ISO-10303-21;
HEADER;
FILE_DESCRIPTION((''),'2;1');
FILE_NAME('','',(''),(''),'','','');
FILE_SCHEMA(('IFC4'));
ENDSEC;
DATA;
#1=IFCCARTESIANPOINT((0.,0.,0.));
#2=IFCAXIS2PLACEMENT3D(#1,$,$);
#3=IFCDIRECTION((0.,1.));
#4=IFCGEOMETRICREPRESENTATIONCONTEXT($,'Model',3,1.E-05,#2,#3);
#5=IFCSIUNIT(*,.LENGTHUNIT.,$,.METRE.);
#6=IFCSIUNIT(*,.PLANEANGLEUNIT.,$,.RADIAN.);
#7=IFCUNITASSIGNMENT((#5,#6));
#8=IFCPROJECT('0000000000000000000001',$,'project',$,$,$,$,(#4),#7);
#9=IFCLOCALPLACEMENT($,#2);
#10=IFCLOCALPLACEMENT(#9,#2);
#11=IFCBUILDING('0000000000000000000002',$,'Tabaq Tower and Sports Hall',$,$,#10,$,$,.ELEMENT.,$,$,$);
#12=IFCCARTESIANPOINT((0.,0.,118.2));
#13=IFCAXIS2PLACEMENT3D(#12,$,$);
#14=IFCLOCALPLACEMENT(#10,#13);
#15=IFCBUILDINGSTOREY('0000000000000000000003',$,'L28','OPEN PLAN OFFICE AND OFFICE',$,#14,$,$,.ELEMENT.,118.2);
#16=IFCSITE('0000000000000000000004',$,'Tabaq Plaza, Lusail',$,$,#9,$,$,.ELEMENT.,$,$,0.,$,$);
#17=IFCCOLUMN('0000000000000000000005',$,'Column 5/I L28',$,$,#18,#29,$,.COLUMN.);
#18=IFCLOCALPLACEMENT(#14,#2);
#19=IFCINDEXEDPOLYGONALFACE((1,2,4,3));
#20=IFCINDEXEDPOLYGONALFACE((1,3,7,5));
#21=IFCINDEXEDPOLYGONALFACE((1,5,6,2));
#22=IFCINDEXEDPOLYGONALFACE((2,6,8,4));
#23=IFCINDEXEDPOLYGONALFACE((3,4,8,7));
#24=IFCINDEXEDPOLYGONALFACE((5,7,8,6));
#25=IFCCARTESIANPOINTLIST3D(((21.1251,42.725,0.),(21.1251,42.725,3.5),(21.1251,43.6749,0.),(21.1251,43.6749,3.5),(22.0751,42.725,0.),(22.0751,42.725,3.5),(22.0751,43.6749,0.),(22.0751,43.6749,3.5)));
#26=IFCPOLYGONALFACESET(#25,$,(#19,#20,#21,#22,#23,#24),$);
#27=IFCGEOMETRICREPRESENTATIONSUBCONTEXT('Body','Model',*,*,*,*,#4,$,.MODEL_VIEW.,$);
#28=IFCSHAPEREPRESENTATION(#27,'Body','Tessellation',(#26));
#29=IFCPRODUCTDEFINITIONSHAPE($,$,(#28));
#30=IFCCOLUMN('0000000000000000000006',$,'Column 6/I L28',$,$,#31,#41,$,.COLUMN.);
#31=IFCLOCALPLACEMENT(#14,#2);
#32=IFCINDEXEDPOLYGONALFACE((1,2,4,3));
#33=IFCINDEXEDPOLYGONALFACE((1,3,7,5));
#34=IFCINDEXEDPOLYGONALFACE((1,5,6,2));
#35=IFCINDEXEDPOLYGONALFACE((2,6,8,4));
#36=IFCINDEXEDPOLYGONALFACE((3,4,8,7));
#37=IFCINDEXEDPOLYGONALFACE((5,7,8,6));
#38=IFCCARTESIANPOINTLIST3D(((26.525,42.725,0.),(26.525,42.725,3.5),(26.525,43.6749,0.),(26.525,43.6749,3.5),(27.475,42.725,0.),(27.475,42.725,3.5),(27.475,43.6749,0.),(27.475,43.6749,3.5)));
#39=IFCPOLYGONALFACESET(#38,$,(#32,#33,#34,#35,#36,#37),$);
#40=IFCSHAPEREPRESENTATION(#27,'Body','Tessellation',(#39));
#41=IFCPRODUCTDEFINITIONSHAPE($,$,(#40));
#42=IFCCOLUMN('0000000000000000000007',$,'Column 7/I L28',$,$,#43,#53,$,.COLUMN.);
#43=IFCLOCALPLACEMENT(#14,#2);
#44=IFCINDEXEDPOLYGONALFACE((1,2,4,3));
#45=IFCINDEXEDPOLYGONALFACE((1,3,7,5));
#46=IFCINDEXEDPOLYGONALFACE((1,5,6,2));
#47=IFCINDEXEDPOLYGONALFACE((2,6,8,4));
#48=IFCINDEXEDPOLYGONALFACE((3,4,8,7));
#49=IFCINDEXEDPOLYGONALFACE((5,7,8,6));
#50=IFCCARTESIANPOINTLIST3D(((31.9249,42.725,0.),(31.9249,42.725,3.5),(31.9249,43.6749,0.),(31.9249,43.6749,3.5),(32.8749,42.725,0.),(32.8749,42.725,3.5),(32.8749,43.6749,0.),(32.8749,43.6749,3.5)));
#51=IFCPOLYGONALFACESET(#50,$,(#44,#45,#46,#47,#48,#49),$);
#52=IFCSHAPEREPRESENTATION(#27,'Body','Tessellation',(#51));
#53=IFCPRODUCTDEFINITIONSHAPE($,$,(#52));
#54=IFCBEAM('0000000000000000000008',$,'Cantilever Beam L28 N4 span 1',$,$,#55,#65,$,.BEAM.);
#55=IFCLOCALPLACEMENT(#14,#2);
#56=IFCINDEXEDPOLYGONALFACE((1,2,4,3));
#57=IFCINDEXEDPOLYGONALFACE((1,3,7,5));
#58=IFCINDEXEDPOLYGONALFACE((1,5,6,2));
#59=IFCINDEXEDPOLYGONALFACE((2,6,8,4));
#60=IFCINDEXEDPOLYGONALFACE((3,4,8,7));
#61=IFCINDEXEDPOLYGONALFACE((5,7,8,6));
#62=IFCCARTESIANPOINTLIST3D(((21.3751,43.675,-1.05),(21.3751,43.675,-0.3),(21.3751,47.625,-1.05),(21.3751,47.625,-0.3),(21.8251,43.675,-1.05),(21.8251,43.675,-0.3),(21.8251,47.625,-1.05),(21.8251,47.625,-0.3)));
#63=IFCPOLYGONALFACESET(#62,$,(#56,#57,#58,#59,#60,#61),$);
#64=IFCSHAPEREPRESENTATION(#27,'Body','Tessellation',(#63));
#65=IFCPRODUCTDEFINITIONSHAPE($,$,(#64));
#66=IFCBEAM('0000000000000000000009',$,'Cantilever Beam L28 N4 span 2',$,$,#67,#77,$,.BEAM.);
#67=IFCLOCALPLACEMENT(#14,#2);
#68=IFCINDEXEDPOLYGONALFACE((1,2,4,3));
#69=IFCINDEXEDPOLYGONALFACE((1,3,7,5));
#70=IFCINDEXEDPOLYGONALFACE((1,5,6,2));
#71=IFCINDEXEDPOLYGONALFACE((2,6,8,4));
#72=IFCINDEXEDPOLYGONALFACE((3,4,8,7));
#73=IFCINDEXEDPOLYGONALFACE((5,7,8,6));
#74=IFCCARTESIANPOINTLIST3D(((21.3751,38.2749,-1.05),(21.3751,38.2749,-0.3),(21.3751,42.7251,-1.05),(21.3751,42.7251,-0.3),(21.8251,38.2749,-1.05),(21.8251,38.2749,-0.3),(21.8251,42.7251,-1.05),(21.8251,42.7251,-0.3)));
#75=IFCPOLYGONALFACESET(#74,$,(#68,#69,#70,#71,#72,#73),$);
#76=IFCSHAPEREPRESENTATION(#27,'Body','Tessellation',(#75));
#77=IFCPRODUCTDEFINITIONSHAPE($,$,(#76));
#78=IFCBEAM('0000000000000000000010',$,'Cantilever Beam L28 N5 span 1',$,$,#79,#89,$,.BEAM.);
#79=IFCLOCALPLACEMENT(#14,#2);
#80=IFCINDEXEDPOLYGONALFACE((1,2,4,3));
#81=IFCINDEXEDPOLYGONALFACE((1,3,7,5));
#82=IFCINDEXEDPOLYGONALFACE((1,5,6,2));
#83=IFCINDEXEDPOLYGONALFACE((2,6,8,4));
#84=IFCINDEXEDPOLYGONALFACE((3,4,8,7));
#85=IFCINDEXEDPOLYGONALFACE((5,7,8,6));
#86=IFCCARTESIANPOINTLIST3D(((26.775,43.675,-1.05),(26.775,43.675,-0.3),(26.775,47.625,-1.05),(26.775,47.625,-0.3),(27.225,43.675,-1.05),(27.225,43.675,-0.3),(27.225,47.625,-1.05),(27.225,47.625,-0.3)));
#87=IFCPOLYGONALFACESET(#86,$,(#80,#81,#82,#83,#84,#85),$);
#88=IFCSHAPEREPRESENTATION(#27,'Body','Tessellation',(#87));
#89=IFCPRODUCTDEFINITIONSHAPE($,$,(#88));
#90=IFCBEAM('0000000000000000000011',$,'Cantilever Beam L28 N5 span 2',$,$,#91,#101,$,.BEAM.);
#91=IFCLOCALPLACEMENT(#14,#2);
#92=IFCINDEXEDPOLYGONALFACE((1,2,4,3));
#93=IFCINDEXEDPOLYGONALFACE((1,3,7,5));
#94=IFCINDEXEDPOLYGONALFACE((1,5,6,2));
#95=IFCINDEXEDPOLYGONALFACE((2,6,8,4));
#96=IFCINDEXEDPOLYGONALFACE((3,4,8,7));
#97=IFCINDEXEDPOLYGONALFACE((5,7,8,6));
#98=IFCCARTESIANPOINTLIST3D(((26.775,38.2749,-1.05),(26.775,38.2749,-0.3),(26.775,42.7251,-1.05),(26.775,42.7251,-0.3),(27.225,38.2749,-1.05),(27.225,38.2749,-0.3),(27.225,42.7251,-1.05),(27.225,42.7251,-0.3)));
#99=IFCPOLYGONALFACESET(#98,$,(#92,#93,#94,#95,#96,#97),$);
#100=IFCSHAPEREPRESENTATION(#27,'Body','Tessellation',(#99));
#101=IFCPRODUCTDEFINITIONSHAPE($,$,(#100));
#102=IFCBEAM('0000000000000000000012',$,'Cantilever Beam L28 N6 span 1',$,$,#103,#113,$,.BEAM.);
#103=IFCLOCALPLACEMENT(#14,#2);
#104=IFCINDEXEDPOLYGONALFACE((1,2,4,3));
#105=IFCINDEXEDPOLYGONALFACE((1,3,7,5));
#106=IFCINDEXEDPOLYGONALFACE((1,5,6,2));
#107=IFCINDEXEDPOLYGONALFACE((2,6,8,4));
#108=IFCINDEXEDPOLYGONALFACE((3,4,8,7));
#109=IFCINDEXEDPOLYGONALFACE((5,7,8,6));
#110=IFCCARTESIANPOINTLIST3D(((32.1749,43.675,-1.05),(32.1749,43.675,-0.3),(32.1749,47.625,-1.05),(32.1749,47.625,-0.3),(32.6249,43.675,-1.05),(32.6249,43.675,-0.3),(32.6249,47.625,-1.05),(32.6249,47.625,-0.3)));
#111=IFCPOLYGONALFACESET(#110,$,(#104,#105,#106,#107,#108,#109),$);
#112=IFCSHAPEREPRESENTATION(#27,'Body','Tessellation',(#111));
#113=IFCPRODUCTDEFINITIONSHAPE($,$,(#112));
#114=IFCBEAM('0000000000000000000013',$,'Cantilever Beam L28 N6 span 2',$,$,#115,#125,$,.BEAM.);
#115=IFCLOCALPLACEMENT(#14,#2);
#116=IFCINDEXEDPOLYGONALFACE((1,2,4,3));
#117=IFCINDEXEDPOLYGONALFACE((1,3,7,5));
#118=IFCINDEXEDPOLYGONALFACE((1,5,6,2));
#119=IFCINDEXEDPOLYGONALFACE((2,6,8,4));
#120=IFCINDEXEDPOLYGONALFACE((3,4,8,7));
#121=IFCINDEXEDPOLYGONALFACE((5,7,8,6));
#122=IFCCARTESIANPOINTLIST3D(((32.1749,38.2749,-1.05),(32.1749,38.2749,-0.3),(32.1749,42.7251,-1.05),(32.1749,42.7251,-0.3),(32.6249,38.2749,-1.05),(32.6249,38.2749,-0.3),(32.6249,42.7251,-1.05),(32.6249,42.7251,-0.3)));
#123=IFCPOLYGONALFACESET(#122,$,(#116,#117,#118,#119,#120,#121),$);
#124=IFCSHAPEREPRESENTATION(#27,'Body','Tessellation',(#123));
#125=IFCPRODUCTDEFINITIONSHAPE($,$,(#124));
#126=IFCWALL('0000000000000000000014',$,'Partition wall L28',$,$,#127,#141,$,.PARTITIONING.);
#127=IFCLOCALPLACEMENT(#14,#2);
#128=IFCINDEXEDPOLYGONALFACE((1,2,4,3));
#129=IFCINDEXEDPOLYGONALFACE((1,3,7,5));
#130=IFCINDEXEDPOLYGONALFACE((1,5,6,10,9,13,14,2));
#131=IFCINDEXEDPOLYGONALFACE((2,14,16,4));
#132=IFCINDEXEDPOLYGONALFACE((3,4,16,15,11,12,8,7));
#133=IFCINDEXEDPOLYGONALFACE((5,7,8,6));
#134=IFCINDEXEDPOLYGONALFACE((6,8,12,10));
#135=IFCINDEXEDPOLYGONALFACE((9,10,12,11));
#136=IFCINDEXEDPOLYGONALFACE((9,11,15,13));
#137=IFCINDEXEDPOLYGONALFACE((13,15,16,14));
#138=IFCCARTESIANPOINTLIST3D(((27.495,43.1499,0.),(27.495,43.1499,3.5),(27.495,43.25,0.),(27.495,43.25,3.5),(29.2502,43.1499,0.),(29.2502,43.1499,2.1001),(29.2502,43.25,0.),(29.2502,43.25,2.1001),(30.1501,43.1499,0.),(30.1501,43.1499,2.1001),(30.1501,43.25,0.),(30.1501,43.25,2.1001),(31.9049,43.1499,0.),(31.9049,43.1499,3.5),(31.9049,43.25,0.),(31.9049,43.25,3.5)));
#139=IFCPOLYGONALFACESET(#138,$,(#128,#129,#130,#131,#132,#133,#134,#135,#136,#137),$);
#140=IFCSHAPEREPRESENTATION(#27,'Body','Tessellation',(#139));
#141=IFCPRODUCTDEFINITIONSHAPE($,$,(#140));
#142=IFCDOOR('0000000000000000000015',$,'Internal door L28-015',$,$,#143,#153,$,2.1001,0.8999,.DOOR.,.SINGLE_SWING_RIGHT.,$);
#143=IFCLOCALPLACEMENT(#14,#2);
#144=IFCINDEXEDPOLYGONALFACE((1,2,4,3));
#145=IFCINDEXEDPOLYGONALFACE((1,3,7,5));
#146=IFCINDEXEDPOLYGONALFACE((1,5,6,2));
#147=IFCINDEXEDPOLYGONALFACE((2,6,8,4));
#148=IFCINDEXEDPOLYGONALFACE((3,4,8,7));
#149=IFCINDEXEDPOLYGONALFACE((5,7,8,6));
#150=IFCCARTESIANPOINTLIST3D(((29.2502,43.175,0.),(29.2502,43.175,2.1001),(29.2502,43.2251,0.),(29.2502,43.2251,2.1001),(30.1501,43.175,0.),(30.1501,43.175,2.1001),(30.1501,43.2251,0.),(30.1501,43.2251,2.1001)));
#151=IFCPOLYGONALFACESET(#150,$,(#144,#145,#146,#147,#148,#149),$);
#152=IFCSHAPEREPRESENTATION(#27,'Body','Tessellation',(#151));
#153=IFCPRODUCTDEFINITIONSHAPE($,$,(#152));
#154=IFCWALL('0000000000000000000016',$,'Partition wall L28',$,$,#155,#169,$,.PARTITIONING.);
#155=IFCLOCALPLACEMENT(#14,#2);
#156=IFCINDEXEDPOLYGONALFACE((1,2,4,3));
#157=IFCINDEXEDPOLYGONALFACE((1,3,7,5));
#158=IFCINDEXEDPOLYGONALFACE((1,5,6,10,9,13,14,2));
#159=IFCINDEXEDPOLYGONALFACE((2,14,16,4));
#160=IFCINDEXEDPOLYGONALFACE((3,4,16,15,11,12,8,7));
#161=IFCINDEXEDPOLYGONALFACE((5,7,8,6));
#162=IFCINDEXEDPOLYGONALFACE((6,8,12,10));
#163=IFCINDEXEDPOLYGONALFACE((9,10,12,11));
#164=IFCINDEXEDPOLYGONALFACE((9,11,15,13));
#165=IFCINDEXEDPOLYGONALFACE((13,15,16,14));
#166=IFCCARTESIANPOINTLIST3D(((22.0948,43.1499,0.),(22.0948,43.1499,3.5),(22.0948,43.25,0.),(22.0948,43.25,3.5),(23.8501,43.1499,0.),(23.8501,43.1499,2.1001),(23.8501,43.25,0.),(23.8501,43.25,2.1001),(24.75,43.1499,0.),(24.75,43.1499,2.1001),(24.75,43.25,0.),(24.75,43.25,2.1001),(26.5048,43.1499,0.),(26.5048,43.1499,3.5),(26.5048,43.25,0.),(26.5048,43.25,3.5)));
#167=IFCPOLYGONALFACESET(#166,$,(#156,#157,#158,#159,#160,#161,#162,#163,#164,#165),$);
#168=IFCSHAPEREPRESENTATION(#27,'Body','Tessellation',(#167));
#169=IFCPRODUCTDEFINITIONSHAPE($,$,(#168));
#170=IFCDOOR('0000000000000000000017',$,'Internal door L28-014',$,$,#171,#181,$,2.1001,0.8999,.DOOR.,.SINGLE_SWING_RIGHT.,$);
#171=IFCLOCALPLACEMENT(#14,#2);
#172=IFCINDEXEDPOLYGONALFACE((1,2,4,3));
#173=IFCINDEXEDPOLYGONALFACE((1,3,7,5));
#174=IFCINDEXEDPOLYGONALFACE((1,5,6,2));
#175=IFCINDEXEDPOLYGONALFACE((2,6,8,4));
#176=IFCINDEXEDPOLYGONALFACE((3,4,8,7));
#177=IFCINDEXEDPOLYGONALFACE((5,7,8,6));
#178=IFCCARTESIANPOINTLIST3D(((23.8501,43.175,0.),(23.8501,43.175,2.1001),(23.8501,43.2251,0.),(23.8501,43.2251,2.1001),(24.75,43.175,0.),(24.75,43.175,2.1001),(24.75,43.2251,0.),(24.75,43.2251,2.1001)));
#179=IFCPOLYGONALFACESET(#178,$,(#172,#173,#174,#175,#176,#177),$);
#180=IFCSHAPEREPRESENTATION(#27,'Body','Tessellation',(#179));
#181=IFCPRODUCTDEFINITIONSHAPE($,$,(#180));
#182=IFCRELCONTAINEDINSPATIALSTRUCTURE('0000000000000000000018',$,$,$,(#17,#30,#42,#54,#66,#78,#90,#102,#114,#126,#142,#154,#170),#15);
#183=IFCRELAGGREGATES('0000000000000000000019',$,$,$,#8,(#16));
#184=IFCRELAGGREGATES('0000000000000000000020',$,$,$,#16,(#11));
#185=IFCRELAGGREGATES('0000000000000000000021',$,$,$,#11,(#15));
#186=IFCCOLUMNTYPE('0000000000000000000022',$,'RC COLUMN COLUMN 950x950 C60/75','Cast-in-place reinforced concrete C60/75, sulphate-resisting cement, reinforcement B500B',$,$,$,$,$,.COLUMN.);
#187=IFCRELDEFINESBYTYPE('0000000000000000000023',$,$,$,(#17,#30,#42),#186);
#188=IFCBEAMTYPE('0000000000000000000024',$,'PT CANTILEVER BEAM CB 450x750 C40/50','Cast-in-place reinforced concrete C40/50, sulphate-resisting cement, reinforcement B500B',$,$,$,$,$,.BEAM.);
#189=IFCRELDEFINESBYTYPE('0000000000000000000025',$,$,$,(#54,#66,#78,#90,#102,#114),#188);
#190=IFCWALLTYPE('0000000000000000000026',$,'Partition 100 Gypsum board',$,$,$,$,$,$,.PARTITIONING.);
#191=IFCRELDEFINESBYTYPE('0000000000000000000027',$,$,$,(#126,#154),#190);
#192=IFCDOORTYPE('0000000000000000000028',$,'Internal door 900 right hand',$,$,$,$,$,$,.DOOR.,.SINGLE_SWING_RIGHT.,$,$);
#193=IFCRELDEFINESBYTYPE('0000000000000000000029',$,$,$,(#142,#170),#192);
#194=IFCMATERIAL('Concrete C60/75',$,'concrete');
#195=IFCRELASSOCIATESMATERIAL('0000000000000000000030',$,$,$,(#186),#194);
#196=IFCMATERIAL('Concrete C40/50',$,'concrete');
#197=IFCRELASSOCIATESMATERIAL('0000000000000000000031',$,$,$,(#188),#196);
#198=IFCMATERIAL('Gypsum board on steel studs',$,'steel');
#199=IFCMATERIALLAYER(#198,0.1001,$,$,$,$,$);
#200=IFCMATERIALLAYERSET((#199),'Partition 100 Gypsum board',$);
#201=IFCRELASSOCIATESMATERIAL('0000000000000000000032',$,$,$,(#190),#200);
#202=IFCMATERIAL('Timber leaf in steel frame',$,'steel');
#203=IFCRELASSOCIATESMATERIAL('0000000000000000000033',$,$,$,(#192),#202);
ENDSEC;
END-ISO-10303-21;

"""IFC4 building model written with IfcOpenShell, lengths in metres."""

from ifc_helpers import new_model, si_unit, direction, frame, frame_2d, origin, origin_2d, place, context, subcontext, project, spatial, rectangle, extrude, material, layer, layer_set, material_profile, profile_set, type_object, element, fill, save


model = new_model("IFC4")

# Units and contexts
model_context = context("Model", 3, precision=1e-05, world=origin(), true_north=direction((0.0, 1.0)))
body_context = subcontext(model_context, "Body", "Model", "MODEL_VIEW")
ifc_project = project(units=[si_unit("LENGTHUNIT", "METRE"), si_unit("PLANEANGLEUNIT", "RADIAN")], contexts=[model_context])

# Site, building, storey
site_placement = place(None, origin())
site = spatial("IfcSite", under=ifc_project, at=site_placement, Name="Tabaq Plaza, Lusail", CompositionType="ELEMENT", RefElevation=0.0)
building_placement = place(site_placement, origin())
building = spatial("IfcBuilding", under=site, at=building_placement, Name="Tabaq Tower and Sports Hall", CompositionType="ELEMENT")
storey_placement = place(building_placement, frame((0.0, 0.0, 118.2)))
storey = spatial("IfcBuildingStorey", under=building, at=storey_placement, Name="L28", Description="OPEN PLAN OFFICE AND OFFICE", CompositionType="ELEMENT", Elevation=118.2)

# Columns
ifc_material_1 = material(Name="Concrete C60/75", Category="concrete")
ifc_material_profile_1 = material_profile(ifc_material_1, rectangle(XDim=0.95, YDim=0.95, at=origin_2d()), Name="COLUMN 950x950")
ifc_profile_set_1 = profile_set([ifc_material_profile_1], Name="Concrete C60/75")
column_type = type_object("IfcColumnType", Name="RC COLUMN COLUMN 950x950 C60/75", Description="Cast-in-place reinforced concrete C60/75, sulphate-resisting cement, reinforcement B500B", PredefinedType="COLUMN", material=ifc_profile_set_1)
for number, where, z_axis, x_axis, name in (
    (1, (21.6001, 43.2, 0.0), (0.0, 0.0, 1.0), (1.0, 0.0, 0.0), "Column 5/I L28"),
    (2, (27.0, 43.2, 0.0), (0.0, 0.0, 1.0), (1.0, 0.0, 0.0), "Column 6/I L28"),
    (3, (32.3999, 43.2, 0.0), (0.0, 0.0, 1.0), (1.0, 0.0, 0.0), "Column 7/I L28"),
):
    element("IfcColumn", number, at=place(storey_placement, frame(where, z_axis=z_axis, x_axis=x_axis)), inside=storey, type_object=column_type, Name=name, PredefinedType="COLUMN", context=body_context, shape_type="SweptSolid", body=[
        extrude(rectangle(XDim=0.95, YDim=0.95, at=origin_2d()), origin(), (0.0, 0.0, 1.0), 3.5),
    ])

# Beams
ifc_material_2 = material(Name="Concrete C40/50", Category="concrete")
ifc_material_profile_2 = material_profile(ifc_material_2, rectangle(XDim=0.45, YDim=0.75, at=origin_2d()), Name="CB 450x750")
ifc_profile_set_2 = profile_set([ifc_material_profile_2], Name="Concrete C40/50")
beam_type = type_object("IfcBeamType", Name="PT CANTILEVER BEAM CB 450x750 C40/50", Description="Cast-in-place reinforced concrete C40/50, sulphate-resisting cement, reinforcement B500B", PredefinedType="BEAM", material=ifc_profile_set_2)
beam_1_placement = place(storey_placement, frame((21.6001, 47.625, -0.675), z_axis=(0.0, -1.0, 0.0), x_axis=(1.0, 0.0, 0.0)))
element("IfcBeam", 4, at=beam_1_placement, inside=storey, type_object=beam_type, Name="Cantilever Beam L28 N4 span 1", PredefinedType="BEAM", context=body_context, shape_type="SweptSolid", body=[
    extrude(rectangle(XDim=0.45, YDim=0.75, at=origin_2d()), origin(), (0.0, 0.0, 1.0), 3.95),
])
beam_2_placement = place(storey_placement, frame((21.6001, 42.7251, -0.675), z_axis=(0.0, -1.0, 0.0), x_axis=(1.0, 0.0, 0.0)))
element("IfcBeam", 5, at=beam_2_placement, inside=storey, type_object=beam_type, Name="Cantilever Beam L28 N4 span 2", PredefinedType="BEAM", context=body_context, shape_type="SweptSolid", body=[
    extrude(rectangle(XDim=0.45, YDim=0.75, at=origin_2d()), origin(), (0.0, 0.0, 1.0), 4.4502),
])
beam_3_placement = place(storey_placement, frame((27.0, 47.625, -0.675), z_axis=(0.0, -1.0, 0.0), x_axis=(1.0, 0.0, 0.0)))
element("IfcBeam", 6, at=beam_3_placement, inside=storey, type_object=beam_type, Name="Cantilever Beam L28 N5 span 1", PredefinedType="BEAM", context=body_context, shape_type="SweptSolid", body=[
    extrude(rectangle(XDim=0.45, YDim=0.75, at=origin_2d()), origin(), (0.0, 0.0, 1.0), 3.95),
])
beam_4_placement = place(storey_placement, frame((27.0, 42.7251, -0.675), z_axis=(0.0, -1.0, 0.0), x_axis=(1.0, 0.0, 0.0)))
element("IfcBeam", 7, at=beam_4_placement, inside=storey, type_object=beam_type, Name="Cantilever Beam L28 N5 span 2", PredefinedType="BEAM", context=body_context, shape_type="SweptSolid", body=[
    extrude(rectangle(XDim=0.45, YDim=0.75, at=origin_2d()), origin(), (0.0, 0.0, 1.0), 4.4502),
])
beam_5_placement = place(storey_placement, frame((32.3999, 47.625, -0.675), z_axis=(0.0, -1.0, 0.0), x_axis=(1.0, 0.0, 0.0)))
element("IfcBeam", 8, at=beam_5_placement, inside=storey, type_object=beam_type, Name="Cantilever Beam L28 N6 span 1", PredefinedType="BEAM", context=body_context, shape_type="SweptSolid", body=[
    extrude(rectangle(XDim=0.45, YDim=0.75, at=origin_2d()), origin(), (0.0, 0.0, 1.0), 3.95),
])
beam_6_placement = place(storey_placement, frame((32.3999, 42.7251, -0.675), z_axis=(0.0, -1.0, 0.0), x_axis=(1.0, 0.0, 0.0)))
element("IfcBeam", 9, at=beam_6_placement, inside=storey, type_object=beam_type, Name="Cantilever Beam L28 N6 span 2", PredefinedType="BEAM", context=body_context, shape_type="SweptSolid", body=[
    extrude(rectangle(XDim=0.45, YDim=0.75, at=origin_2d()), origin(), (0.0, 0.0, 1.0), 4.4502),
])

# Walls, openings, doors
ifc_material_3 = material(Name="Gypsum board on steel studs", Category="steel")
ifc_layer_1 = layer(ifc_material_3, 0.1001)
ifc_layer_set_1 = layer_set([ifc_layer_1], Name="Partition 100 Gypsum board")
wall_type_1 = type_object("IfcWallType", Name="Partition 100 Gypsum board", PredefinedType="PARTITIONING", material=ifc_layer_set_1)
wall_1_placement = place(storey_placement, frame((31.905, 43.2, 0.0), z_axis=(0.0, 0.0, 1.0), x_axis=(-1.0, 0.0, 0.0)))
wall_1 = element("IfcWall", 10, at=wall_1_placement, inside=storey, type_object=wall_type_1, Name="Partition wall L28", PredefinedType="PARTITIONING", context=body_context, shape_type="SweptSolid", body=[
    extrude(rectangle(XDim=4.4099, YDim=0.1001, at=frame_2d((2.2051, 0.0))), origin(), (0.0, 0.0, 1.0), 3.5),
])
opening_1_placement = place(wall_1_placement, frame((1.7549, 0.0, 0.0)))
opening_1 = element("IfcOpeningElement", 11, at=opening_1_placement, cuts=wall_1, PredefinedType="OPENING", context=body_context, shape_type="SweptSolid", body=[
    extrude(rectangle(XDim=0.8999, YDim=2.1001, at=frame_2d((0.45, 1.05))), frame((0.0, 0.05, 0.0), z_axis=(0.0, -1.0, 0.0), x_axis=(1.0, 0.0, 0.0)), (0.0, 0.0, 1.0), 0.1001),
])
ifc_material_4 = material(Name="Timber leaf in steel frame", Category="steel")
door_type = type_object("IfcDoorType", Name="Internal door 900 right hand", OperationType="SINGLE_SWING_RIGHT", PredefinedType="DOOR", material=ifc_material_4)
door_1_placement = place(opening_1_placement, origin())
door_1 = element("IfcDoor", 12, at=door_1_placement, inside=storey, type_object=door_type, Name="Internal door L28-015", OperationType="SINGLE_SWING_RIGHT", OverallHeight=2.1001, OverallWidth=0.8999, PredefinedType="DOOR", context=body_context, shape_type="SweptSolid", body=[
    extrude(rectangle(XDim=0.8999, YDim=2.1001, at=frame_2d((0.45, 1.05))), frame((0.0, 0.0249, 0.0), z_axis=(0.0, -1.0, 0.0), x_axis=(1.0, 0.0, 0.0)), (0.0, 0.0, 1.0), 0.05),
])
fill(opening_1, door_1)
wall_2_placement = place(storey_placement, frame((26.5049, 43.2, 0.0), z_axis=(0.0, 0.0, 1.0), x_axis=(-1.0, 0.0, 0.0)))
wall_2 = element("IfcWall", 13, at=wall_2_placement, inside=storey, type_object=wall_type_1, Name="Partition wall L28", PredefinedType="PARTITIONING", context=body_context, shape_type="SweptSolid", body=[
    extrude(rectangle(XDim=4.4099, YDim=0.1001, at=frame_2d((2.2051, 0.0))), origin(), (0.0, 0.0, 1.0), 3.5),
])
opening_2_placement = place(wall_2_placement, frame((1.7549, 0.0, 0.0)))
opening_2 = element("IfcOpeningElement", 14, at=opening_2_placement, cuts=wall_2, PredefinedType="OPENING", context=body_context, shape_type="SweptSolid", body=[
    extrude(rectangle(XDim=0.8999, YDim=2.1001, at=frame_2d((0.45, 1.05))), frame((0.0, 0.05, 0.0), z_axis=(0.0, -1.0, 0.0), x_axis=(1.0, 0.0, 0.0)), (0.0, 0.0, 1.0), 0.1001),
])
door_2_placement = place(opening_2_placement, origin())
door_2 = element("IfcDoor", 15, at=door_2_placement, inside=storey, type_object=door_type, Name="Internal door L28-014", OperationType="SINGLE_SWING_RIGHT", OverallHeight=2.1001, OverallWidth=0.8999, PredefinedType="DOOR", context=body_context, shape_type="SweptSolid", body=[
    extrude(rectangle(XDim=0.8999, YDim=2.1001, at=frame_2d((0.45, 1.05))), frame((0.0, 0.0249, 0.0), z_axis=(0.0, -1.0, 0.0), x_axis=(1.0, 0.0, 0.0)), (0.0, 0.0, 1.0), 0.05),
])
fill(opening_2, door_2)

save(model, "model.ifc")
